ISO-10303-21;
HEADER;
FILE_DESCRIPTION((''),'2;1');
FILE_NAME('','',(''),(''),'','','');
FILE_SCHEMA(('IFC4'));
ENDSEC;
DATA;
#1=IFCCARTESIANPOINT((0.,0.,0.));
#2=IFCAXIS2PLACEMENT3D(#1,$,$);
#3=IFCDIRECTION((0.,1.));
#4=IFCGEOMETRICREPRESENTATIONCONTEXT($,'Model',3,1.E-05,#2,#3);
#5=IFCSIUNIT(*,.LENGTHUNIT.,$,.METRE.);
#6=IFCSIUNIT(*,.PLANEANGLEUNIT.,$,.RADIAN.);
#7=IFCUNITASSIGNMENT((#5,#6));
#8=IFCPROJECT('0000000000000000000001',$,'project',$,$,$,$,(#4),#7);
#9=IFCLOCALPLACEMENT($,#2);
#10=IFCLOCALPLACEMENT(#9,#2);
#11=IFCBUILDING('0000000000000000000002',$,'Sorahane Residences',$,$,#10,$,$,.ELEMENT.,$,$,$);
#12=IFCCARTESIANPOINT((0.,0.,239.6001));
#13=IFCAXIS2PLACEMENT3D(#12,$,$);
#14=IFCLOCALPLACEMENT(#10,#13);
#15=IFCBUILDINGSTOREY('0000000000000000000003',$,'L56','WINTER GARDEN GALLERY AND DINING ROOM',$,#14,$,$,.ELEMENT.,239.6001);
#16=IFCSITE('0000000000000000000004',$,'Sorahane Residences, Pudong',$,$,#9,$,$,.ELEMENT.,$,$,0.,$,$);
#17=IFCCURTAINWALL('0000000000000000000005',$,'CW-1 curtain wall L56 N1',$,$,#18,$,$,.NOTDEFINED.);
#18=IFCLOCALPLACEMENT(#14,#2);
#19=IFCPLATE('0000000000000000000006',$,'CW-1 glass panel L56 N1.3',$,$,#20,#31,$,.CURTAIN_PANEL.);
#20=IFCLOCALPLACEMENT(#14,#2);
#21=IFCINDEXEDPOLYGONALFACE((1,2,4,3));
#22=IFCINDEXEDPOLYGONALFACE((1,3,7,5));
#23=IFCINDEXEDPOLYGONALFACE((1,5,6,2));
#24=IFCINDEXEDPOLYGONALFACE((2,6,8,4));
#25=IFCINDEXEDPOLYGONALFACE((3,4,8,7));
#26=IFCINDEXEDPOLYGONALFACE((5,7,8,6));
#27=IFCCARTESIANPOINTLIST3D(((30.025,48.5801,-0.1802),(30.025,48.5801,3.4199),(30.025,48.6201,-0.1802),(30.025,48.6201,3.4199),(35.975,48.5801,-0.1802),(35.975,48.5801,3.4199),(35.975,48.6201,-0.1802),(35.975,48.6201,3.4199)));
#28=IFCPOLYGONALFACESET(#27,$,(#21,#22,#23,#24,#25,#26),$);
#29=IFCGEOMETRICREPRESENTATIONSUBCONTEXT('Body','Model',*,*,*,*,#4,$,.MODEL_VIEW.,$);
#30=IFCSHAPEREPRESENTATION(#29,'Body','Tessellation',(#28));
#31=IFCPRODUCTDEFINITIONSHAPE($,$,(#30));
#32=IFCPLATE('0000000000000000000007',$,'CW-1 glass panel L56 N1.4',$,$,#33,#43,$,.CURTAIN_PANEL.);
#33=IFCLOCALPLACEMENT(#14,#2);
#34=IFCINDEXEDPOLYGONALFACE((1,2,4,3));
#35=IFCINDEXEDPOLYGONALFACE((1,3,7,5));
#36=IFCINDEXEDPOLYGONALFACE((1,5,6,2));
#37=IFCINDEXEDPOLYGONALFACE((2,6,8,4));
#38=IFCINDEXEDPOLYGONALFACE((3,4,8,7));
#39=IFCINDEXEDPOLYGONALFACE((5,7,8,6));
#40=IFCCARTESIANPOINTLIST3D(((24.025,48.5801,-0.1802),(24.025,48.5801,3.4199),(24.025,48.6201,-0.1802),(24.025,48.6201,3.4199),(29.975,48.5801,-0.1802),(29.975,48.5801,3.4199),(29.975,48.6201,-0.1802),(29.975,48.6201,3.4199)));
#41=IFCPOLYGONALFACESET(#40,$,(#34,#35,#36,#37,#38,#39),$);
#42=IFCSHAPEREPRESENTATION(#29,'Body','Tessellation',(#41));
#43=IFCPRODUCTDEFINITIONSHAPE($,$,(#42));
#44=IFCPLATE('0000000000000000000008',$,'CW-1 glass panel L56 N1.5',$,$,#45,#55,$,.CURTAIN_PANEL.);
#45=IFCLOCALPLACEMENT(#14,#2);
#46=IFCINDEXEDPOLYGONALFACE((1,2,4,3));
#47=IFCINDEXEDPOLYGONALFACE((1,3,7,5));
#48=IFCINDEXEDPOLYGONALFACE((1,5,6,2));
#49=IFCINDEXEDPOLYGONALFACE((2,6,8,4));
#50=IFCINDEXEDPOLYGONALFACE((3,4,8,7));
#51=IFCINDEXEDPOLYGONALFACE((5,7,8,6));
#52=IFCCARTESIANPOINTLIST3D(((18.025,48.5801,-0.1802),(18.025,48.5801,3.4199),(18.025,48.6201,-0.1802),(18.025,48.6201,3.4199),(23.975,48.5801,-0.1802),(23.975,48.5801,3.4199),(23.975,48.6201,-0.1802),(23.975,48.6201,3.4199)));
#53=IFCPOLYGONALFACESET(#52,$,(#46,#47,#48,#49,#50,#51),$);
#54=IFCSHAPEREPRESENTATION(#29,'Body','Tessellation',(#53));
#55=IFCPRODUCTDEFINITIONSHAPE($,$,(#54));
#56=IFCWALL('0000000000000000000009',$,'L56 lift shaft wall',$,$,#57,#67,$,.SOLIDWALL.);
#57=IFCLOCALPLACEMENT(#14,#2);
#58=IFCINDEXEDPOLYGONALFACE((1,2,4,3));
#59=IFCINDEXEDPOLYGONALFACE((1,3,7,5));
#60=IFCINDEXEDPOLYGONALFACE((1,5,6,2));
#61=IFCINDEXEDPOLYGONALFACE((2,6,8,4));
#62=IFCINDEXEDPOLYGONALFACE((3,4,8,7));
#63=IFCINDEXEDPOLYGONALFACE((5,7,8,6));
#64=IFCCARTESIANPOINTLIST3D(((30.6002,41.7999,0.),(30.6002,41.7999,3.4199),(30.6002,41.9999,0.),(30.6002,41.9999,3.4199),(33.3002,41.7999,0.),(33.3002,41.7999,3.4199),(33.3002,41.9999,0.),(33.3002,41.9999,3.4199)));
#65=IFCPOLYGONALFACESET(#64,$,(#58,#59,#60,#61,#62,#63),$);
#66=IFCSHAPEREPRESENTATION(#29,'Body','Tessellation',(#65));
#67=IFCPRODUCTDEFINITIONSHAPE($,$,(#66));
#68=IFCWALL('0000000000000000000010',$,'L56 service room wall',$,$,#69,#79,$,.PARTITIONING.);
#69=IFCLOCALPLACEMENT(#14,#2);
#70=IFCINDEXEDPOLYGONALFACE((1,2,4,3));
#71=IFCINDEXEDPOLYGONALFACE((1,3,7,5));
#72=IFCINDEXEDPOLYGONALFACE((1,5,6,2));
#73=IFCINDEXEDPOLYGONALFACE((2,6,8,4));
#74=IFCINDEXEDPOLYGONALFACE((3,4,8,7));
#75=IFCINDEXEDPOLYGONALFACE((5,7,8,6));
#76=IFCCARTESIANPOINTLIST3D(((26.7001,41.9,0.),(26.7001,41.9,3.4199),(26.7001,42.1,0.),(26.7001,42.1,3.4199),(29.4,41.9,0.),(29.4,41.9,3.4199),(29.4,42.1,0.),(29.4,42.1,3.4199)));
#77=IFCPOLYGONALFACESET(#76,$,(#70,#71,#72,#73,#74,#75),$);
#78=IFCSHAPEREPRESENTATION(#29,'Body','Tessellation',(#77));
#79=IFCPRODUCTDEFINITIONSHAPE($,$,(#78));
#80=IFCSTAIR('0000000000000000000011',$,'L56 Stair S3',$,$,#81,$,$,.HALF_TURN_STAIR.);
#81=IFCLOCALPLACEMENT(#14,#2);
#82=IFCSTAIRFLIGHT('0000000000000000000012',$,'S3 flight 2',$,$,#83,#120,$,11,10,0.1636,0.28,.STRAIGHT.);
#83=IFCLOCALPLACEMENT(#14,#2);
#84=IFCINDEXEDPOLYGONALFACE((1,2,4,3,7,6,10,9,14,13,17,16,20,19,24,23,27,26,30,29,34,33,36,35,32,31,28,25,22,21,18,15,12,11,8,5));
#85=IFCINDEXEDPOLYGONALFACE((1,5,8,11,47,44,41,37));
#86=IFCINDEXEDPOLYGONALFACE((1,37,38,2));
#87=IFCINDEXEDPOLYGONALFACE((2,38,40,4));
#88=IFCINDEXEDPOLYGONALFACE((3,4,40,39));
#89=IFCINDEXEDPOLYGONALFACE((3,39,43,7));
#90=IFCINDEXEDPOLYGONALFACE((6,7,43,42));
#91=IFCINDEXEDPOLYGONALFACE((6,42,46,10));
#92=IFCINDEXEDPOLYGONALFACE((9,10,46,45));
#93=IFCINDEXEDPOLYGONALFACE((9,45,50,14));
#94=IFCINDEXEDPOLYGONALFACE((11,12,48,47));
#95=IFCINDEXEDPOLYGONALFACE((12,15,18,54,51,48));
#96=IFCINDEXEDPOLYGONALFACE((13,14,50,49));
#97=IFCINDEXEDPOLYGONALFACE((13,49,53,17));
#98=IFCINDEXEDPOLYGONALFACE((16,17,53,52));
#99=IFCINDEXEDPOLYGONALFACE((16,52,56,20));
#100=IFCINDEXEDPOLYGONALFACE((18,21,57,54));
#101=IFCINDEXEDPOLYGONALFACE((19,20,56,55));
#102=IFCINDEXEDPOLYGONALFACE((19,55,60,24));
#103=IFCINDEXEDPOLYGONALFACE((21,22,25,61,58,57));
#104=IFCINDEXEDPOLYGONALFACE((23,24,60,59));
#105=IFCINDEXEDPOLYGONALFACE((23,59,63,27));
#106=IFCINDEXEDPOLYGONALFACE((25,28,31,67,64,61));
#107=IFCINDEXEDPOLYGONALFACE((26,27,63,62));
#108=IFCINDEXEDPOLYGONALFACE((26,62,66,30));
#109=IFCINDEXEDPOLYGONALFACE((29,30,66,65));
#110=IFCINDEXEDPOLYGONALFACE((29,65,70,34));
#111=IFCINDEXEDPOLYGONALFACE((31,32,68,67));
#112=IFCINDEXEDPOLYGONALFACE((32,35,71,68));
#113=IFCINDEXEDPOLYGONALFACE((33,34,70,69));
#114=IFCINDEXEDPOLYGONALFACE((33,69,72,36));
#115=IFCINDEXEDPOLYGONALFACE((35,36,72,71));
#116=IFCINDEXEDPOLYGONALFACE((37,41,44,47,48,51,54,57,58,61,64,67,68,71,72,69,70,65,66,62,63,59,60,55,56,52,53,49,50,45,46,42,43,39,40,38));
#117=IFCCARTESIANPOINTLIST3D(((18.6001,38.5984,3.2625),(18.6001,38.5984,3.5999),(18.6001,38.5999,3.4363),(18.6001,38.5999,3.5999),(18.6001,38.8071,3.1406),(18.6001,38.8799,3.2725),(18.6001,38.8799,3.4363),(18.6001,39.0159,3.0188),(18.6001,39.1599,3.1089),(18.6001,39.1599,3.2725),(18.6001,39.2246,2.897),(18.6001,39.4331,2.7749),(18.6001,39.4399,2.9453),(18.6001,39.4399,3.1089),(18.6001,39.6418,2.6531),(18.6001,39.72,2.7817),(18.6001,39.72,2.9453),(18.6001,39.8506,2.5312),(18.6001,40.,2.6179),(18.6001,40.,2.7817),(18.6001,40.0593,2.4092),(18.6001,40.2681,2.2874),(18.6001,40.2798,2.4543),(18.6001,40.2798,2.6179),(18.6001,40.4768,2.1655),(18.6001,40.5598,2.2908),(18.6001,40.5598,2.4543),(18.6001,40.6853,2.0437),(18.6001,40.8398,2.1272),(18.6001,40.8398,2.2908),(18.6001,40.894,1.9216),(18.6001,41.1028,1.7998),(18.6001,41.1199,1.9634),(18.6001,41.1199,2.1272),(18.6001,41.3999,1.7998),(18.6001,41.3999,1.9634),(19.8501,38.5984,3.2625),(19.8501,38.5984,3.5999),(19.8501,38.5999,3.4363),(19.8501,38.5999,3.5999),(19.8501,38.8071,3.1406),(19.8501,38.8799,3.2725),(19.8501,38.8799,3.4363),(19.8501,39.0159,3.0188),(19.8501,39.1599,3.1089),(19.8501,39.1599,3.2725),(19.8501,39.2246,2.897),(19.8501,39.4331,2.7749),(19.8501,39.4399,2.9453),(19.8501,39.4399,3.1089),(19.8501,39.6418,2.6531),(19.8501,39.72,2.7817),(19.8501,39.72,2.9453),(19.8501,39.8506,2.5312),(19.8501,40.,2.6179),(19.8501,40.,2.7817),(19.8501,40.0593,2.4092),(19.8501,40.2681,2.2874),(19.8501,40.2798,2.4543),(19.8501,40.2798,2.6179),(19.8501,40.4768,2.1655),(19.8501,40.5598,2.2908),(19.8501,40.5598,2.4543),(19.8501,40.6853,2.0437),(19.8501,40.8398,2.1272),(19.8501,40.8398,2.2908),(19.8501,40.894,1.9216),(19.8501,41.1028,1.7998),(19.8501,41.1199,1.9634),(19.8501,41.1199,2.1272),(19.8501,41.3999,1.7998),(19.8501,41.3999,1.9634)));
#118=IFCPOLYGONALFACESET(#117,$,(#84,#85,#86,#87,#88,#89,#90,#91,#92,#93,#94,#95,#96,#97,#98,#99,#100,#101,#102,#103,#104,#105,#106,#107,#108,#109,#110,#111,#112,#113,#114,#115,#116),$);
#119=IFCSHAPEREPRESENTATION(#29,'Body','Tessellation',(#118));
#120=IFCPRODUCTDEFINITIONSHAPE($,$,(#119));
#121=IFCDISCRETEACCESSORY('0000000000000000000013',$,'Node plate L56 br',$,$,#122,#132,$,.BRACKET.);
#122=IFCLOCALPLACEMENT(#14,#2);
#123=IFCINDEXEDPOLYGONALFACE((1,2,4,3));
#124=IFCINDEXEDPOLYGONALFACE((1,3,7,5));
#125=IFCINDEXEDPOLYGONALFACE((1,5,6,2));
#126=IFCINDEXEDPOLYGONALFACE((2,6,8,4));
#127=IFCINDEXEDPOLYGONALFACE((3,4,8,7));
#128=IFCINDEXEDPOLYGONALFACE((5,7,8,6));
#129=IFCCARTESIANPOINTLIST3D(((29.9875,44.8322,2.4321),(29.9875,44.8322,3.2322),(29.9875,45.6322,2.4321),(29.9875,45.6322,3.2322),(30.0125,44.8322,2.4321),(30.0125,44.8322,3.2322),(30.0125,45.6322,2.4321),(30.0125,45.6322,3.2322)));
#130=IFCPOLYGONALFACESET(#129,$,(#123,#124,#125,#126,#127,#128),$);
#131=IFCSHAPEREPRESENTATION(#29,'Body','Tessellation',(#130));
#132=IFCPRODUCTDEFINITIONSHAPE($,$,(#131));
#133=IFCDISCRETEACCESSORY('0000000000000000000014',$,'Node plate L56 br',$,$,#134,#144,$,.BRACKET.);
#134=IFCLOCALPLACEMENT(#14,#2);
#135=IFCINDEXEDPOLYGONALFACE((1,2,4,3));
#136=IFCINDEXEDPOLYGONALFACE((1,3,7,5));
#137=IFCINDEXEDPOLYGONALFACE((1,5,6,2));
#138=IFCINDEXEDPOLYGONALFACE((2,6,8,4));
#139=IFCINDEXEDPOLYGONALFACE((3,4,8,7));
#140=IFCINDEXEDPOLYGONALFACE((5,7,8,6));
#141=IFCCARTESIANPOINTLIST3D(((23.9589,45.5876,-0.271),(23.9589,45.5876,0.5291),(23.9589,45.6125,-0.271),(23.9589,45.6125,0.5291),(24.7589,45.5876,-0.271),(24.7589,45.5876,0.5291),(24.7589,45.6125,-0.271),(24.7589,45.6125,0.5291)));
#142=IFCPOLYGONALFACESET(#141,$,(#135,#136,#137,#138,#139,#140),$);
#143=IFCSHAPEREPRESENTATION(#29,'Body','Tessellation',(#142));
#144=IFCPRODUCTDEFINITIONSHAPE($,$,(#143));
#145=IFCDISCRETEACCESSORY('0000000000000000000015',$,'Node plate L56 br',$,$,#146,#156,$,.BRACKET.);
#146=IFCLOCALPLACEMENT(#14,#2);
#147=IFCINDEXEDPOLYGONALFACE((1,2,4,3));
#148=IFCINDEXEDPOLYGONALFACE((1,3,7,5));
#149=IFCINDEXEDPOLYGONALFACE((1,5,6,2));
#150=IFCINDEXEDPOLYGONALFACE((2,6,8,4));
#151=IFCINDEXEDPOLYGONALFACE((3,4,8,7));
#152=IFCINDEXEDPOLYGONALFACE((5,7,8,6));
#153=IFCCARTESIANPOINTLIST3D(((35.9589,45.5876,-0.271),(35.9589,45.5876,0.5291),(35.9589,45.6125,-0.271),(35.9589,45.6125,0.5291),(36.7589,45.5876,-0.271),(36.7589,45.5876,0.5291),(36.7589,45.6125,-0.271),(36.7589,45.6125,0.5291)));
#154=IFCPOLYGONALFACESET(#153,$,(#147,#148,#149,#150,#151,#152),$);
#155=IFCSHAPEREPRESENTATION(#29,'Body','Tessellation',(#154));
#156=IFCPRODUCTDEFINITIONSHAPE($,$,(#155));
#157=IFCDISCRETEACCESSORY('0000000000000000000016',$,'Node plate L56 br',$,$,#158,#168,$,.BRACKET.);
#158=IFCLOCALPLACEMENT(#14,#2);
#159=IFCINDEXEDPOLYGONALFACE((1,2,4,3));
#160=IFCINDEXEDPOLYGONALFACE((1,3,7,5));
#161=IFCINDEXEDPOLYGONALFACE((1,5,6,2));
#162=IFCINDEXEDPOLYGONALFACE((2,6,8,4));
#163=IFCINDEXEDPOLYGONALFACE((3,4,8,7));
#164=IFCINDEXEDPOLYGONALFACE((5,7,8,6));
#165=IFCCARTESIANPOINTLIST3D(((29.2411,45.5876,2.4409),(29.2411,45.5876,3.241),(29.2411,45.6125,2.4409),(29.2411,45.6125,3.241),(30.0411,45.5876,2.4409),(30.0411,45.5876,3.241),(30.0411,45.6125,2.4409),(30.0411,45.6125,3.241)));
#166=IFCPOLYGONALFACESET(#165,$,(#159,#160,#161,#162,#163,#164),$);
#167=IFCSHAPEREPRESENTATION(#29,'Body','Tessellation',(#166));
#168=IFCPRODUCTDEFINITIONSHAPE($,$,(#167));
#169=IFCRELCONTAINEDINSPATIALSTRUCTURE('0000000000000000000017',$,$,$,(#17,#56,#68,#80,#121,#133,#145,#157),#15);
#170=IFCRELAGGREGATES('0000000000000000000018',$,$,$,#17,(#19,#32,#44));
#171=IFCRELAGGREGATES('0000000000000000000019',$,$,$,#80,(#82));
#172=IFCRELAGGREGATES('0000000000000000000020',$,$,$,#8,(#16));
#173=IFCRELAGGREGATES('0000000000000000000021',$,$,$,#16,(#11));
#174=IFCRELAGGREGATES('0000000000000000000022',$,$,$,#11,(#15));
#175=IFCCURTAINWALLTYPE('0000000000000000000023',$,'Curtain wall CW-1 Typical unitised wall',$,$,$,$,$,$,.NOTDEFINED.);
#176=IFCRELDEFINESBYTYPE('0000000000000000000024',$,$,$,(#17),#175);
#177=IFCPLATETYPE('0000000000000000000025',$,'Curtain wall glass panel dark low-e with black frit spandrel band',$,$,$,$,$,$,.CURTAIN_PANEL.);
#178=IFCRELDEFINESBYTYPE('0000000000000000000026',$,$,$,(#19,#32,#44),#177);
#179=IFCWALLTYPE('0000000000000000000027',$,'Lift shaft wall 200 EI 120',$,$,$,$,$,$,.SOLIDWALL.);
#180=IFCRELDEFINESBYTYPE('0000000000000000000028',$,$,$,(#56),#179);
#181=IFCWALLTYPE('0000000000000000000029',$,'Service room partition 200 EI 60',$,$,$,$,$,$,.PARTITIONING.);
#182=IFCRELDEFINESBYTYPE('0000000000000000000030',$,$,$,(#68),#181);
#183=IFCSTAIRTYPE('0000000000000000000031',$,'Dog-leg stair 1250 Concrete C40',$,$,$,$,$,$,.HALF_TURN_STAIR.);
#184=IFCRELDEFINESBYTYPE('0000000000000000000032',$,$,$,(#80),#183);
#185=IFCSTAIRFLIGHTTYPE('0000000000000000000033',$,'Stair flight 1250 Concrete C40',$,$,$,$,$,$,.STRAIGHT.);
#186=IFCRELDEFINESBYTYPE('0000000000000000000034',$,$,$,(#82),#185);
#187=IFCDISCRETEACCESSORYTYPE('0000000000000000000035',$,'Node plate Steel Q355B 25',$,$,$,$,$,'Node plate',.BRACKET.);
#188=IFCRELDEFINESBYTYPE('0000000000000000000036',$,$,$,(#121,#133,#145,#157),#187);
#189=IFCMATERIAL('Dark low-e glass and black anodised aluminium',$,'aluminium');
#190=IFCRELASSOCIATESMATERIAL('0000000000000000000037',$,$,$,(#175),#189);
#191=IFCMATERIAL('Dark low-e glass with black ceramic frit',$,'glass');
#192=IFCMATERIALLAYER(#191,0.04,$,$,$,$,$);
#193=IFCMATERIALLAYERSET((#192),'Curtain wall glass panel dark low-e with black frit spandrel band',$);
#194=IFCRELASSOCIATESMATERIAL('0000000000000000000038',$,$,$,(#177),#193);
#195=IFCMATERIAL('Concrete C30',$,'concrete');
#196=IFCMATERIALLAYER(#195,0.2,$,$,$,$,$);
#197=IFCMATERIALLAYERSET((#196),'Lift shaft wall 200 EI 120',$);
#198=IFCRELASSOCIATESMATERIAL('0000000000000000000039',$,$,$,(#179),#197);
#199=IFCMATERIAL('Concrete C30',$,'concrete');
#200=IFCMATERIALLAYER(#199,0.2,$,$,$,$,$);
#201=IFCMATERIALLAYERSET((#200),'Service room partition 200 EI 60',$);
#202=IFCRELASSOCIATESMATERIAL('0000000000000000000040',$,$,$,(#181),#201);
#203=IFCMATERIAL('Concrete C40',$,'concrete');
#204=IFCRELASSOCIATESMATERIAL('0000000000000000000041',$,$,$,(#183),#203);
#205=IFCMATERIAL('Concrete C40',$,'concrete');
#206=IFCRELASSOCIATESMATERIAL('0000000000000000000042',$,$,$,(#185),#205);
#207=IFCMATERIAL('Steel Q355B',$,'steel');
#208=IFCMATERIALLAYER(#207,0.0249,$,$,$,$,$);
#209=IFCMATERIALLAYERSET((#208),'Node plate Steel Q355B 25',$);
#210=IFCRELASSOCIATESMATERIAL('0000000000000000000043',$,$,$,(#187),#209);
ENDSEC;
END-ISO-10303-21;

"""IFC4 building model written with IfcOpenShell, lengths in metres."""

from ifc_helpers import new_model, si_unit, direction, frame, frame_2d, origin, origin_2d, place, context, subcontext, project, spatial, polyline, rectangle, outline, extrude, material, layer, layer_set, type_object, element, aggregate, save


model = new_model("IFC4")

# Units and contexts
model_context = context("Model", 3, precision=1e-05, world=origin(), true_north=direction((0.0, 1.0)))
body_context = subcontext(model_context, "Body", "Model", "MODEL_VIEW")
ifc_project = project(units=[si_unit("LENGTHUNIT", "METRE"), si_unit("PLANEANGLEUNIT", "RADIAN")], contexts=[model_context])

# Site, building, storey
site_placement = place(None, origin())
site = spatial("IfcSite", under=ifc_project, at=site_placement, Name="Sorahane Residences, Pudong", CompositionType="ELEMENT", RefElevation=0.0)
building_placement = place(site_placement, origin())
building = spatial("IfcBuilding", under=site, at=building_placement, Name="Sorahane Residences", CompositionType="ELEMENT")
storey_placement = place(building_placement, frame((0.0, 0.0, 239.6001)))
storey = spatial("IfcBuildingStorey", under=building, at=storey_placement, Name="L56", Description="WINTER GARDEN GALLERY AND DINING ROOM", CompositionType="ELEMENT", Elevation=239.6001)

# Curtain wall
ifc_material_1 = material(Name="Dark low-e glass and black anodised aluminium", Category="aluminium")
curtain_wall_type = type_object("IfcCurtainWallType", Name="Curtain wall CW-1 Typical unitised wall", PredefinedType="NOTDEFINED", material=ifc_material_1)
curtain_wall_placement = place(storey_placement, origin())
curtain_wall = element("IfcCurtainWall", 1, at=curtain_wall_placement, inside=storey, type_object=curtain_wall_type, Name="CW-1 curtain wall L56 N1", PredefinedType="NOTDEFINED")

# Plates
ifc_material_2 = material(Name="Dark low-e glass with black ceramic frit", Category="glass")
ifc_layer_1 = layer(ifc_material_2, 0.04)
ifc_layer_set_1 = layer_set([ifc_layer_1], Name="Curtain wall glass panel dark low-e with black frit spandrel band")
plate_type = type_object("IfcPlateType", Name="Curtain wall glass panel dark low-e with black frit spandrel band", PredefinedType="CURTAIN_PANEL", material=ifc_layer_set_1)
plate_1_placement = place(storey_placement, frame((33.0, 48.6001, -0.1802), z_axis=(0.0, 0.0, 1.0), x_axis=(-1.0, 0.0, 0.0)))
plate_1 = element("IfcPlate", 2, at=plate_1_placement, type_object=plate_type, Name="CW-1 glass panel L56 N1.3", PredefinedType="CURTAIN_PANEL", context=body_context, shape_type="SweptSolid", body=[
    extrude(rectangle(XDim=5.95, YDim=0.04, at=origin_2d()), origin(), (0.0, 0.0, 1.0), 3.6001),
])
plate_2_placement = place(storey_placement, frame((27.0, 48.6001, -0.1802), z_axis=(0.0, 0.0, 1.0), x_axis=(-1.0, 0.0, 0.0)))
plate_2 = element("IfcPlate", 3, at=plate_2_placement, type_object=plate_type, Name="CW-1 glass panel L56 N1.4", PredefinedType="CURTAIN_PANEL", context=body_context, shape_type="SweptSolid", body=[
    extrude(rectangle(XDim=5.95, YDim=0.04, at=origin_2d()), origin(), (0.0, 0.0, 1.0), 3.6001),
])
plate_3_placement = place(storey_placement, frame((21.0, 48.6001, -0.1802), z_axis=(0.0, 0.0, 1.0), x_axis=(-1.0, 0.0, 0.0)))
plate_3 = element("IfcPlate", 4, at=plate_3_placement, type_object=plate_type, Name="CW-1 glass panel L56 N1.5", PredefinedType="CURTAIN_PANEL", context=body_context, shape_type="SweptSolid", body=[
    extrude(rectangle(XDim=5.95, YDim=0.04, at=origin_2d()), origin(), (0.0, 0.0, 1.0), 3.6001),
])
aggregate(curtain_wall, [plate_1, plate_2, plate_3])

# Walls
ifc_material_3 = material(Name="Concrete C30", Category="concrete")
ifc_layer_2 = layer(ifc_material_3, 0.2)
ifc_layer_set_2 = layer_set([ifc_layer_2], Name="Lift shaft wall 200 EI 120")
wall_type_1 = type_object("IfcWallType", Name="Lift shaft wall 200 EI 120", PredefinedType="SOLIDWALL", material=ifc_layer_set_2)
wall_1_placement = place(storey_placement, frame((30.6001, 41.8999, 0.0), z_axis=(0.0, 0.0, 1.0), x_axis=(1.0, 0.0, 0.0)))
element("IfcWall", 5, at=wall_1_placement, inside=storey, type_object=wall_type_1, Name="L56 lift shaft wall", PredefinedType="SOLIDWALL", context=body_context, shape_type="SweptSolid", body=[
    extrude(rectangle(XDim=2.7, YDim=0.2, at=frame_2d((1.3501, 0.0))), origin(), (0.0, 0.0, 1.0), 3.4199),
])
ifc_material_4 = material(Name="Concrete C30", Category="concrete")
ifc_layer_3 = layer(ifc_material_4, 0.2)
ifc_layer_set_3 = layer_set([ifc_layer_3], Name="Service room partition 200 EI 60")
wall_type_2 = type_object("IfcWallType", Name="Service room partition 200 EI 60", PredefinedType="PARTITIONING", material=ifc_layer_set_3)
wall_2_placement = place(storey_placement, frame((26.7, 42.0, 0.0), z_axis=(0.0, 0.0, 1.0), x_axis=(1.0, 0.0, 0.0)))
element("IfcWall", 6, at=wall_2_placement, inside=storey, type_object=wall_type_2, Name="L56 service room wall", PredefinedType="PARTITIONING", context=body_context, shape_type="SweptSolid", body=[
    extrude(rectangle(XDim=2.7, YDim=0.2, at=frame_2d((1.3501, 0.0))), origin(), (0.0, 0.0, 1.0), 3.4199),
])

# Stair, stair flight
ifc_material_5 = material(Name="Concrete C40", Category="concrete")
stair_type = type_object("IfcStairType", Name="Dog-leg stair 1250 Concrete C40", PredefinedType="HALF_TURN_STAIR", material=ifc_material_5)
stair_placement = place(storey_placement, origin())
stair = element("IfcStair", 7, at=stair_placement, inside=storey, type_object=stair_type, Name="L56 Stair S3", PredefinedType="HALF_TURN_STAIR")
ifc_material_6 = material(Name="Concrete C40", Category="concrete")
stair_flight_type = type_object("IfcStairFlightType", Name="Stair flight 1250 Concrete C40", PredefinedType="STRAIGHT", material=ifc_material_6)
stair_flight_placement = place(storey_placement, frame((19.2251, 41.3999, 1.7998), z_axis=(0.0, 0.0, 1.0), x_axis=(0.0, -1.0, 0.0)))
stair_flight = element("IfcStairFlight", 8, at=stair_flight_placement, type_object=stair_flight_type, Name="S3 flight 2", NumberOfRisers=11, NumberOfTreads=10, PredefinedType="STRAIGHT", RiserHeight=0.1636, TreadLength=0.28, context=body_context, shape_type="SweptSolid", body=[
    extrude(outline(polyline([(0.0, 0.0), (0.0, 0.1636), (0.28, 0.1636), (0.28, 0.3274), (0.5601, 0.3274), (0.5601, 0.491), (0.8401, 0.491), (0.8401, 0.6545), (1.1201, 0.6545), (1.1201, 0.8181), (1.3999, 0.8181), (1.3999, 0.9819), (1.6799, 0.9819), (1.6799, 1.1455), (1.96, 1.1455), (1.96, 1.3091), (2.24, 1.3091), (2.24, 1.4727), (2.52, 1.4727), (2.52, 1.6365), (2.8, 1.6365), (2.8, 1.8), (2.8015, 1.8), (2.8015, 1.4626), (2.5928, 1.3408), (2.384, 1.219), (2.1753, 1.0972), (1.9668, 0.9751), (1.7581, 0.8533), (1.5493, 0.7314), (1.3406, 0.6094), (1.1318, 0.4875), (0.9231, 0.3657), (0.7146, 0.2439), (0.5059, 0.1218), (0.2971, 0.0), (0.0, 0.0)])), frame((0.0, 0.625, 0.0), z_axis=(0.0, -1.0, 0.0), x_axis=(1.0, 0.0, 0.0)), (0.0, 0.0, 1.0), 1.25),
])
aggregate(stair, [stair_flight])

# Discrete accessories
ifc_material_7 = material(Name="Steel Q355B", Category="steel")
ifc_layer_4 = layer(ifc_material_7, 0.0249)
ifc_layer_set_4 = layer_set([ifc_layer_4], Name="Node plate Steel Q355B 25")
discrete_accessory_type = type_object("IfcDiscreteAccessoryType", Name="Node plate Steel Q355B 25", ElementType="Node plate", PredefinedType="BRACKET", material=ifc_layer_set_4)
for number, where, z_axis, x_axis, name in (
    (9, (30.0, 45.2322, 2.4321), (0.0, 0.0, 1.0), (0.0, 1.0, 0.0), "Node plate L56 br"),
    (10, (24.3589, 45.6001, -0.271), (0.0, 0.0, 1.0), (1.0, 0.0, 0.0), "Node plate L56 br"),
    (11, (36.3589, 45.6001, -0.271), (0.0, 0.0, 1.0), (1.0, 0.0, 0.0), "Node plate L56 br"),
    (12, (29.6411, 45.6001, 2.4409), (0.0, 0.0, 1.0), (1.0, 0.0, 0.0), "Node plate L56 br"),
):
    element("IfcDiscreteAccessory", number, at=place(storey_placement, frame(where, z_axis=z_axis, x_axis=x_axis)), inside=storey, type_object=discrete_accessory_type, Name=name, PredefinedType="BRACKET", context=body_context, shape_type="SweptSolid", body=[
        extrude(rectangle(XDim=0.8, YDim=0.0249, at=origin_2d()), origin(), (0.0, 0.0, 1.0), 0.8),
    ])

save(model, "model.ifc")
